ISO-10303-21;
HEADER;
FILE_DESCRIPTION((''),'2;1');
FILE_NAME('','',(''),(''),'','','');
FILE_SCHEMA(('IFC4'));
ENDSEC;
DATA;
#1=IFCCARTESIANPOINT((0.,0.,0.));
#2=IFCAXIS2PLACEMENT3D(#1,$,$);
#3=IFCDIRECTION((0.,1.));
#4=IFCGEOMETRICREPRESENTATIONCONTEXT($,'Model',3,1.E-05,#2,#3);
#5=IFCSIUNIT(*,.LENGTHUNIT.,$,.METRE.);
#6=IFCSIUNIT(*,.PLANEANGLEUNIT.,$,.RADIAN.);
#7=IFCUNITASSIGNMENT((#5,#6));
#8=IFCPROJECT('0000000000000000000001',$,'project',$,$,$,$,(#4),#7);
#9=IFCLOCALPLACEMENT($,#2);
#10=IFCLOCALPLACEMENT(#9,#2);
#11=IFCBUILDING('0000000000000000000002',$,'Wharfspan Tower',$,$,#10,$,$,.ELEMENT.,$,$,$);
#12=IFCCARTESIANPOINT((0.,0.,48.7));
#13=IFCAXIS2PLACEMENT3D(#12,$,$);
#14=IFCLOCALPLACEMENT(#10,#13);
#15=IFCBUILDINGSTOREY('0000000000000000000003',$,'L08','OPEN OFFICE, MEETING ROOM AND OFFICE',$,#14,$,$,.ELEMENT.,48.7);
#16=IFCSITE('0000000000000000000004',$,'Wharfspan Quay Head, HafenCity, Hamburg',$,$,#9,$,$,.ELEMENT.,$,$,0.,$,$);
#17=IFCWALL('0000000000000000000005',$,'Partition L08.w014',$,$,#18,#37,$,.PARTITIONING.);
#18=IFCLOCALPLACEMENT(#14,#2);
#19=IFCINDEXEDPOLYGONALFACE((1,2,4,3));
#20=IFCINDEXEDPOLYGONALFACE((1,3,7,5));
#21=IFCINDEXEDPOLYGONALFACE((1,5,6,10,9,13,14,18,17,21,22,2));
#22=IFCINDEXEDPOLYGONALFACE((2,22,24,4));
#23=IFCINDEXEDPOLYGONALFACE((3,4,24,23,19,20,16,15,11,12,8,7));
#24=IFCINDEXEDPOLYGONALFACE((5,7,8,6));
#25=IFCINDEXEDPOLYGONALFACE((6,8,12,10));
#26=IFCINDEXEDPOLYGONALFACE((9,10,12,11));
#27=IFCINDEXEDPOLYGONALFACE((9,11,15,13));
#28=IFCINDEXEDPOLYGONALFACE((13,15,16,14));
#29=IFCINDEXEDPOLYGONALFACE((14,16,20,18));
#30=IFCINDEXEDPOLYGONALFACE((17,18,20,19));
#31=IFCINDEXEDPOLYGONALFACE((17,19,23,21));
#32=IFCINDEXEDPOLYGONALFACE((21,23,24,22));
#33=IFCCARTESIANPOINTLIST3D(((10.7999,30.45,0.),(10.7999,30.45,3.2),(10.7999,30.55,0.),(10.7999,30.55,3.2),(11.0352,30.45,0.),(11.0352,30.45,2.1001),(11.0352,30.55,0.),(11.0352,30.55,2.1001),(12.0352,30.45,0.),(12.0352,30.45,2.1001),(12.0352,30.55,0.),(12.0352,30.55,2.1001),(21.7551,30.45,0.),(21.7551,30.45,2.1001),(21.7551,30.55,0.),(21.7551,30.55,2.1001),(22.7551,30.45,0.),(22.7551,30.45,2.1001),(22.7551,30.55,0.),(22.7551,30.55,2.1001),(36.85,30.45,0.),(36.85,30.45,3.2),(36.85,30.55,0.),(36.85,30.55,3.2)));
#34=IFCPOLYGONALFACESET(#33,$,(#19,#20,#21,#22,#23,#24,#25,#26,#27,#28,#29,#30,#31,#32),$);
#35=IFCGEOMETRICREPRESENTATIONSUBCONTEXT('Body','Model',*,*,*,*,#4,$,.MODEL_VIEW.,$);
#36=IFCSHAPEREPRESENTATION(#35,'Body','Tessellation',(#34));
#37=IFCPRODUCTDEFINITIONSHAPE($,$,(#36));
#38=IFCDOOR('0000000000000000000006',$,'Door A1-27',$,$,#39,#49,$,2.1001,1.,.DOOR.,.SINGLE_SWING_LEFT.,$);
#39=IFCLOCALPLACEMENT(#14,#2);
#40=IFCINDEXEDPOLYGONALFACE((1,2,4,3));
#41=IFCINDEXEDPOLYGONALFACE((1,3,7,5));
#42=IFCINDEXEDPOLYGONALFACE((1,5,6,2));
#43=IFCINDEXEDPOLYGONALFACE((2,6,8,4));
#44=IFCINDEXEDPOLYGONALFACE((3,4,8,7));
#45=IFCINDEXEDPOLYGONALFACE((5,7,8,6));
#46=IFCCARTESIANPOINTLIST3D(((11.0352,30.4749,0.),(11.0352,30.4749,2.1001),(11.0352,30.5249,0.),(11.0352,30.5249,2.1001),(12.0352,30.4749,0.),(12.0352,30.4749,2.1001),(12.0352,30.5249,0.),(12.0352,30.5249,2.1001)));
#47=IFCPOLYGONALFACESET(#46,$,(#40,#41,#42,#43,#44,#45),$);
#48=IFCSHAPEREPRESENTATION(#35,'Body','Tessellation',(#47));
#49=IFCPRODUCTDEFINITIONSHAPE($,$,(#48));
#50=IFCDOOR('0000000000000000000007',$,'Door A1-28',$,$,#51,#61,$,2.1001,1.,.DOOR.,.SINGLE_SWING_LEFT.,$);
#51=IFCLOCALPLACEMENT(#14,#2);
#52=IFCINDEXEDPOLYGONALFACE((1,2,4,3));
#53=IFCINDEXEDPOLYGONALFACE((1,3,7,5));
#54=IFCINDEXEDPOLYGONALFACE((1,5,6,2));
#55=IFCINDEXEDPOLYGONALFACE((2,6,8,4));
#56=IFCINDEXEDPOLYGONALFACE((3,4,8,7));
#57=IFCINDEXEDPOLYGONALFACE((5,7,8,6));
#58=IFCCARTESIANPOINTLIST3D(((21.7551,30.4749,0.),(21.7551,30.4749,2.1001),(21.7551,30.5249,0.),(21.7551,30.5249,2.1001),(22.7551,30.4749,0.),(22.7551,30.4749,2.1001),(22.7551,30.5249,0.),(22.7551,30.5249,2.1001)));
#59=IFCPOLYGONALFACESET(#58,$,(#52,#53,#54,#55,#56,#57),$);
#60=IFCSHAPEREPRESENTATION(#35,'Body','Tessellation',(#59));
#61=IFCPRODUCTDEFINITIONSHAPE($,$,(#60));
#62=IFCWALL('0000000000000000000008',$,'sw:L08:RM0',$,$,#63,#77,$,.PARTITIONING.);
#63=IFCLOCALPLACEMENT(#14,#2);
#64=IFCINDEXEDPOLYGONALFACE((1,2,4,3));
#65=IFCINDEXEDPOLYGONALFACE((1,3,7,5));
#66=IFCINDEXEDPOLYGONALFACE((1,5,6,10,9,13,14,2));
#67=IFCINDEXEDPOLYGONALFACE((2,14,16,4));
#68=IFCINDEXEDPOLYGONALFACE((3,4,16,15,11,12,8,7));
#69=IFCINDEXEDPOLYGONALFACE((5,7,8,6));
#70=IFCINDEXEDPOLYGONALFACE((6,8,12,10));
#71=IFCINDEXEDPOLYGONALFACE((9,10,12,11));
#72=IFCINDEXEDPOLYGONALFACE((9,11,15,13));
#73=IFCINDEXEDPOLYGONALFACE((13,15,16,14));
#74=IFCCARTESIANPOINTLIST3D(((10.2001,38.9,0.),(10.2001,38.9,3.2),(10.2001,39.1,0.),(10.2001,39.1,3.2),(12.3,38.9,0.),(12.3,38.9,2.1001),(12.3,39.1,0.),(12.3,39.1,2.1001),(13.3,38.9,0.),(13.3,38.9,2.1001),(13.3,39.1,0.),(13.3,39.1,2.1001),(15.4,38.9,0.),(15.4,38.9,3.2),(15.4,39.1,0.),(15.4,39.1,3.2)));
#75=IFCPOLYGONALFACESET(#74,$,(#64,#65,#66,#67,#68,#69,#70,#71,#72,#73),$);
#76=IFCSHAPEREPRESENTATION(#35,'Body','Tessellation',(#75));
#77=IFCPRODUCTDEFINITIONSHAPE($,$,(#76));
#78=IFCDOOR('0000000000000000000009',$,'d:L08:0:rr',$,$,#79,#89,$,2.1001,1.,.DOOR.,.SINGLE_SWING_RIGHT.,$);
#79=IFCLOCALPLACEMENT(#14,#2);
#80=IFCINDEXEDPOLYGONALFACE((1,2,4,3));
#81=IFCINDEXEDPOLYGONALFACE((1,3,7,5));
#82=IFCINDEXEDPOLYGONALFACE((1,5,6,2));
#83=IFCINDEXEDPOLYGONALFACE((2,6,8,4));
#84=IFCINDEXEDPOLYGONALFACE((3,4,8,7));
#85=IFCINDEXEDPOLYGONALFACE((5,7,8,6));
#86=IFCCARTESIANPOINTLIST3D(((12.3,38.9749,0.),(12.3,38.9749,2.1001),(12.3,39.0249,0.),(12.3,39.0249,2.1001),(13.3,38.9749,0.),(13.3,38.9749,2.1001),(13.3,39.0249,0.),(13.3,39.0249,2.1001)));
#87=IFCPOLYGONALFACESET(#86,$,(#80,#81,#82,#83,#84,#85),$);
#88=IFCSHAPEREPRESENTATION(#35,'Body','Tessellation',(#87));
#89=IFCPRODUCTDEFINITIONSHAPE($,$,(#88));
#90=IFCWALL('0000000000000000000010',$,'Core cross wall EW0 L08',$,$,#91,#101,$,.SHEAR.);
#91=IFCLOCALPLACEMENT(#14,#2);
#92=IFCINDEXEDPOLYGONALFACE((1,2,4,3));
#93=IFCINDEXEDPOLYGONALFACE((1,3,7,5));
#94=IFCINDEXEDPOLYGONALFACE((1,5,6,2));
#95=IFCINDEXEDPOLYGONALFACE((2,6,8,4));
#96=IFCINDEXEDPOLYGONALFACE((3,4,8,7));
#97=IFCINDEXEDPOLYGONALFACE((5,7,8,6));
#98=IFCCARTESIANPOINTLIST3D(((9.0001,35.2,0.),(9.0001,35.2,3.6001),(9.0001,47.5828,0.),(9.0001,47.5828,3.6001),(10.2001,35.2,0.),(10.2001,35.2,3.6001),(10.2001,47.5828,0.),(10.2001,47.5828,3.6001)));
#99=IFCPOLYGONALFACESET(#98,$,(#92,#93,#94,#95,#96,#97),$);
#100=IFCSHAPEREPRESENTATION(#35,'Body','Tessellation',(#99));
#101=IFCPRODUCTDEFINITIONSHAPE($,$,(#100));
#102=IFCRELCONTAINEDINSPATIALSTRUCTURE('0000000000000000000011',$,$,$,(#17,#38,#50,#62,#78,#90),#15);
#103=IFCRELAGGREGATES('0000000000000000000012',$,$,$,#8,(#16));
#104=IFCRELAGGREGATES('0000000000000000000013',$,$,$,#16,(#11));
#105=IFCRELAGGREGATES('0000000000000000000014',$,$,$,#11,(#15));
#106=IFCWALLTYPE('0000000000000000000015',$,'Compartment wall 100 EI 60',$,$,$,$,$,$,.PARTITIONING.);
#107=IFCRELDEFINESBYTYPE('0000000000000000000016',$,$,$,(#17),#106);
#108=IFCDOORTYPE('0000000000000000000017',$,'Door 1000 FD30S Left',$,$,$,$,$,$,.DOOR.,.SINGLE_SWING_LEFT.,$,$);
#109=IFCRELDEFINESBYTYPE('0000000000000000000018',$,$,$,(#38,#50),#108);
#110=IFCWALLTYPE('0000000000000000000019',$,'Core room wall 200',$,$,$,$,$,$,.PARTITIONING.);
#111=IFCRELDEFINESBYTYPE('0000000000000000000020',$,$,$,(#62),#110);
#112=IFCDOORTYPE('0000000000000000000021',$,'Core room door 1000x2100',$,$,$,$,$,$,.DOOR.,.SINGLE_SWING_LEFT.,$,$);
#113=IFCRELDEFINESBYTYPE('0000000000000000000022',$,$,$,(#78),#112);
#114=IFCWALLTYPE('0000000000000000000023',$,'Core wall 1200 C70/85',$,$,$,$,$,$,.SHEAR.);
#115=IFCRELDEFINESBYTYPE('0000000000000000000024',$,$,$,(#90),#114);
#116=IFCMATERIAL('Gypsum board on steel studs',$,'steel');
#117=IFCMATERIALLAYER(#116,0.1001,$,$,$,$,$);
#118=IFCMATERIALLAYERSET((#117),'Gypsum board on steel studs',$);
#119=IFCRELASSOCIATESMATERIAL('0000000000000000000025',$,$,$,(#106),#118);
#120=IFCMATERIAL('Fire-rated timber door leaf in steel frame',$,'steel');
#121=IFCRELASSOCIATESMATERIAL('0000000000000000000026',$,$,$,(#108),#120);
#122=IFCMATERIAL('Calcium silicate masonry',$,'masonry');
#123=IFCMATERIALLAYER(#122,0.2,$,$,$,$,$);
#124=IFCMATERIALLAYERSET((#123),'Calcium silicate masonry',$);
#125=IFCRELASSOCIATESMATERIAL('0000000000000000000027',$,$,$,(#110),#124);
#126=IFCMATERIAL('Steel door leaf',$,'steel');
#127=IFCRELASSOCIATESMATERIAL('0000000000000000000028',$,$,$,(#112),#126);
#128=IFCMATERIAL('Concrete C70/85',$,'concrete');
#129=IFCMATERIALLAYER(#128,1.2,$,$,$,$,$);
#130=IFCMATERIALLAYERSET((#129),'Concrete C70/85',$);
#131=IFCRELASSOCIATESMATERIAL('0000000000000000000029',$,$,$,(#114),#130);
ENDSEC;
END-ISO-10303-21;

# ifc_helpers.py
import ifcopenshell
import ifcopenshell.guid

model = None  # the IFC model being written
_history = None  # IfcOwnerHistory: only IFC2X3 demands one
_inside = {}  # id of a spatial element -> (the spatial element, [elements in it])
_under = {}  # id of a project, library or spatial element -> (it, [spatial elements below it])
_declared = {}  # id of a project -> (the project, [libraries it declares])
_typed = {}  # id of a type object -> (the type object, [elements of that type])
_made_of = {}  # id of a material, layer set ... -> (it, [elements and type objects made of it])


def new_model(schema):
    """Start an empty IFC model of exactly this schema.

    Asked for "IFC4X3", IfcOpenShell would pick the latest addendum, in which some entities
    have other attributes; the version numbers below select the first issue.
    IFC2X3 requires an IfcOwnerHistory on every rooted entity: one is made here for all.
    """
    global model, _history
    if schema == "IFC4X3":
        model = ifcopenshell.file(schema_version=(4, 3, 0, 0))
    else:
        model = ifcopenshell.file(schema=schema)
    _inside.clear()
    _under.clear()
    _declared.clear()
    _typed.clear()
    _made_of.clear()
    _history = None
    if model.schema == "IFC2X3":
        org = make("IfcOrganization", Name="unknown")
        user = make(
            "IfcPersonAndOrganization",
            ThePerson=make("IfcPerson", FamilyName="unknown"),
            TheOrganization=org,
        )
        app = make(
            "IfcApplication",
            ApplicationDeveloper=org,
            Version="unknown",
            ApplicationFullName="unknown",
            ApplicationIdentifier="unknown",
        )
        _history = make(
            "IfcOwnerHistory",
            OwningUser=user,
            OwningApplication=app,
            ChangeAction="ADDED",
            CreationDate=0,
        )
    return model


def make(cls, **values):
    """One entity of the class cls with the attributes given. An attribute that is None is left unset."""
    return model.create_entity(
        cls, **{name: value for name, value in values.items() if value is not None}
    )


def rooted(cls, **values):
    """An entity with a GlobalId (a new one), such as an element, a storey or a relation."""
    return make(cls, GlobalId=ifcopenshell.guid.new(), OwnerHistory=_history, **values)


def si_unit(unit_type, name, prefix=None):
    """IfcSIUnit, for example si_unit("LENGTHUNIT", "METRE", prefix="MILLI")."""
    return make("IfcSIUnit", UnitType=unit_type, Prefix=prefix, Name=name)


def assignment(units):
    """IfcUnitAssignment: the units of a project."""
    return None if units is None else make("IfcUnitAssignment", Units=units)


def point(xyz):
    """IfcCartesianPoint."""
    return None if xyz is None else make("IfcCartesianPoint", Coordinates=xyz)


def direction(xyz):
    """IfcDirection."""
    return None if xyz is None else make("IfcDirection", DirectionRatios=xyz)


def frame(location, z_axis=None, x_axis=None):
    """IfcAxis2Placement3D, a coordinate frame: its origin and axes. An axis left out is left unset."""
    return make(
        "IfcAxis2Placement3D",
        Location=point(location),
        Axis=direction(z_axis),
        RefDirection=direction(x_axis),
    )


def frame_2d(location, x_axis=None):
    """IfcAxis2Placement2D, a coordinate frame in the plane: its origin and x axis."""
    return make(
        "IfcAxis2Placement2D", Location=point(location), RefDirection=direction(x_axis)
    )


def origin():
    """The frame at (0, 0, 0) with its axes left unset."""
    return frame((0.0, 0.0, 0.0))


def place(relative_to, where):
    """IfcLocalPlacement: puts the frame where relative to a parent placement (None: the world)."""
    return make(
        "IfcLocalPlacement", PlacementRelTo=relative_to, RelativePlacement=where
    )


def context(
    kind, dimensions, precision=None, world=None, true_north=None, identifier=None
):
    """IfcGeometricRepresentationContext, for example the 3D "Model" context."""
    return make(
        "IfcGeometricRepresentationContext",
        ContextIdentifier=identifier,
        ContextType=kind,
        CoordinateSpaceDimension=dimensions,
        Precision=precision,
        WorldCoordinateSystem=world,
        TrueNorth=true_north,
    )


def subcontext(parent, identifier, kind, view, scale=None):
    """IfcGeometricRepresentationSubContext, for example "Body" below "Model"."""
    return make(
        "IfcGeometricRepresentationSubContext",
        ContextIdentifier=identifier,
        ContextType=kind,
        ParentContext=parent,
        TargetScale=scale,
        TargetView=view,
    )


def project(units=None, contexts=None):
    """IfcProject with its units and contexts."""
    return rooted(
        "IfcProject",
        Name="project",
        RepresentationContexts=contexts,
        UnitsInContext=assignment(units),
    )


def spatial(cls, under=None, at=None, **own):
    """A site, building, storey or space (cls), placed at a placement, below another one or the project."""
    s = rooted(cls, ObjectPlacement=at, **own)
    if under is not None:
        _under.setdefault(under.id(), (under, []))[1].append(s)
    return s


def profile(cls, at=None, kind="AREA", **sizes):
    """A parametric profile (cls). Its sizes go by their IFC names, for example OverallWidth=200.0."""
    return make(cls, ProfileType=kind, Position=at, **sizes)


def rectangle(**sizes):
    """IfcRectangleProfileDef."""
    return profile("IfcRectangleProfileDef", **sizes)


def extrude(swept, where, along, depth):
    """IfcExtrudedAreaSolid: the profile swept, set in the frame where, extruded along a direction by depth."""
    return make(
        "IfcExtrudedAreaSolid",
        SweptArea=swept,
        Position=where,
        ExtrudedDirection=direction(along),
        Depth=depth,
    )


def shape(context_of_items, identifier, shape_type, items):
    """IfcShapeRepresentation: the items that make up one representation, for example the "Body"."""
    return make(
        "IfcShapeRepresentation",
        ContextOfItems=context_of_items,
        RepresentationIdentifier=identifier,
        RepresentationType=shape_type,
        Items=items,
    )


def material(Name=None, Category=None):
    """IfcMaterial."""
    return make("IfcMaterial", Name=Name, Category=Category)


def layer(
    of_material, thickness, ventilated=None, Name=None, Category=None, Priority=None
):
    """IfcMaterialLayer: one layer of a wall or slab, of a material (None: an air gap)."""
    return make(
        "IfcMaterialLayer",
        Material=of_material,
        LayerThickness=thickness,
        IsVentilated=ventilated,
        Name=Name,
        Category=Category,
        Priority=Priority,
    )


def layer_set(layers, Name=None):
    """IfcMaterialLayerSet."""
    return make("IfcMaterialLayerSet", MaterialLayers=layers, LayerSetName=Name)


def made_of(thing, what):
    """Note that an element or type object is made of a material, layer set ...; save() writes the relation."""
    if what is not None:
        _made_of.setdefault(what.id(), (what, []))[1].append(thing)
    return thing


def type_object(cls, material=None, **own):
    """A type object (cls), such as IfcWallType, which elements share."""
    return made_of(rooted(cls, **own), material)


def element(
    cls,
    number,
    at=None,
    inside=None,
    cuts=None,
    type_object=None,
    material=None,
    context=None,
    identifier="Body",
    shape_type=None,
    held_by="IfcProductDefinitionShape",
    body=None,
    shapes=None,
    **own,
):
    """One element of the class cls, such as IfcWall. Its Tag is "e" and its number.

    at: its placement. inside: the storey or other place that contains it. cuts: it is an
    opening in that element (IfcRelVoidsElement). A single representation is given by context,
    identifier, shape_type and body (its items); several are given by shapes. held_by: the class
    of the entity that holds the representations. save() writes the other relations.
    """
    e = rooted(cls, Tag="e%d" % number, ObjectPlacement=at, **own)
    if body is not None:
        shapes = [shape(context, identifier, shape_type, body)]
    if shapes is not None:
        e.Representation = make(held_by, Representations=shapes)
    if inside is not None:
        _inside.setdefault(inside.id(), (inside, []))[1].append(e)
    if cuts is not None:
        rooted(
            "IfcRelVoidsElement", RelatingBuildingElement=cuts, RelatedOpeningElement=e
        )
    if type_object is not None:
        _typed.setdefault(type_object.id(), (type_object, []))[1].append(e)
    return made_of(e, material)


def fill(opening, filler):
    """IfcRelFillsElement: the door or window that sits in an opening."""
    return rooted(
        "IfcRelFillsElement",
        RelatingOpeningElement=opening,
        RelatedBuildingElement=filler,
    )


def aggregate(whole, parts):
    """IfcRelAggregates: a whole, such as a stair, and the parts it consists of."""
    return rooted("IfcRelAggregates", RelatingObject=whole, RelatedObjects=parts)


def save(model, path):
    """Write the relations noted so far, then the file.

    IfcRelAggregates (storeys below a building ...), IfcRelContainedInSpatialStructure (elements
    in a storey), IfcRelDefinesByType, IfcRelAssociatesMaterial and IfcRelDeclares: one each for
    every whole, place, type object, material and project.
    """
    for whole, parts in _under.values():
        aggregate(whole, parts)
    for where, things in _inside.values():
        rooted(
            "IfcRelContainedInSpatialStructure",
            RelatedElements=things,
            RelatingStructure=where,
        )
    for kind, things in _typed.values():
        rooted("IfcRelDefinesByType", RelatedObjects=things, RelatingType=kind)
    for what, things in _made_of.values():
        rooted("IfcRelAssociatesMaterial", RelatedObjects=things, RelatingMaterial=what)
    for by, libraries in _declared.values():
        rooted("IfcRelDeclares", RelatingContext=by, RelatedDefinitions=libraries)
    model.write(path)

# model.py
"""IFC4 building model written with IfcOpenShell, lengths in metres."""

from ifc_helpers import new_model, si_unit, direction, frame, frame_2d, origin, place, context, subcontext, project, spatial, rectangle, extrude, material, layer, layer_set, type_object, element, fill, save


model = new_model("IFC4")

# Units and contexts
model_context = context("Model", 3, precision=1e-05, world=origin(), true_north=direction((0.0, 1.0)))
body_context = subcontext(model_context, "Body", "Model", "MODEL_VIEW")
ifc_project = project(units=[si_unit("LENGTHUNIT", "METRE"), si_unit("PLANEANGLEUNIT", "RADIAN")], contexts=[model_context])

# Site, building, storey
site_placement = place(None, origin())
site = spatial("IfcSite", under=ifc_project, at=site_placement, Name="Wharfspan Quay Head, HafenCity, Hamburg", CompositionType="ELEMENT", RefElevation=0.0)
building_placement = place(site_placement, origin())
building = spatial("IfcBuilding", under=site, at=building_placement, Name="Wharfspan Tower", CompositionType="ELEMENT")
storey_placement = place(building_placement, frame((0.0, 0.0, 48.7)))
storey = spatial("IfcBuildingStorey", under=building, at=storey_placement, Name="L08", Description="OPEN OFFICE, MEETING ROOM AND OFFICE", CompositionType="ELEMENT", Elevation=48.7)

# Wall, openings, doors
ifc_material_1 = material(Name="Gypsum board on steel studs", Category="steel")
ifc_layer_1 = layer(ifc_material_1, 0.1001)
ifc_layer_set_1 = layer_set([ifc_layer_1], Name="Gypsum board on steel studs")
wall_type_1 = type_object("IfcWallType", Name="Compartment wall 100 EI 60", PredefinedType="PARTITIONING", material=ifc_layer_set_1)
wall_1_placement = place(storey_placement, frame((10.8, 30.5, 0.0), z_axis=(0.0, 0.0, 1.0), x_axis=(1.0, 0.0, 0.0)))
wall_1 = element("IfcWall", 1, at=wall_1_placement, inside=storey, type_object=wall_type_1, Name="Partition L08.w014", PredefinedType="PARTITIONING", context=body_context, shape_type="SweptSolid", body=[
    extrude(rectangle(XDim=26.05, YDim=0.1001, at=frame_2d((13.0249, 0.0))), origin(), (0.0, 0.0, 1.0), 3.2),
])
opening_1_placement = place(wall_1_placement, frame((0.2351, 0.0, 0.0)))
opening_1 = element("IfcOpeningElement", 2, at=opening_1_placement, cuts=wall_1, PredefinedType="OPENING", context=body_context, shape_type="SweptSolid", body=[
    extrude(rectangle(XDim=1.0, YDim=2.1001, at=frame_2d((0.5, 1.05))), frame((0.0, 0.0601, 0.0), z_axis=(0.0, -1.0, 0.0), x_axis=(1.0, 0.0, 0.0)), (0.0, 0.0, 1.0), 0.1201),
])
opening_2_placement = place(wall_1_placement, frame((10.9551, 0.0, 0.0)))
opening_2 = element("IfcOpeningElement", 3, at=opening_2_placement, cuts=wall_1, PredefinedType="OPENING", context=body_context, shape_type="SweptSolid", body=[
    extrude(rectangle(XDim=1.0, YDim=2.1001, at=frame_2d((0.5, 1.05))), frame((0.0, 0.0601, 0.0), z_axis=(0.0, -1.0, 0.0), x_axis=(1.0, 0.0, 0.0)), (0.0, 0.0, 1.0), 0.1201),
])
ifc_material_2 = material(Name="Fire-rated timber door leaf in steel frame", Category="steel")
door_type_1 = type_object("IfcDoorType", Name="Door 1000 FD30S Left", OperationType="SINGLE_SWING_LEFT", PredefinedType="DOOR", material=ifc_material_2)
door_1_placement = place(opening_1_placement, origin())
door_1 = element("IfcDoor", 4, at=door_1_placement, inside=storey, type_object=door_type_1, Name="Door A1-27", OperationType="SINGLE_SWING_LEFT", OverallHeight=2.1001, OverallWidth=1.0, PredefinedType="DOOR", context=body_context, shape_type="SweptSolid", body=[
    extrude(rectangle(XDim=1.0, YDim=2.1001, at=frame_2d((0.5, 1.05))), frame((0.0, 0.0249, 0.0), z_axis=(0.0, -1.0, 0.0), x_axis=(1.0, 0.0, 0.0)), (0.0, 0.0, 1.0), 0.05),
])
fill(opening_1, door_1)
door_2_placement = place(opening_2_placement, origin())
door_2 = element("IfcDoor", 5, at=door_2_placement, inside=storey, type_object=door_type_1, Name="Door A1-28", OperationType="SINGLE_SWING_LEFT", OverallHeight=2.1001, OverallWidth=1.0, PredefinedType="DOOR", context=body_context, shape_type="SweptSolid", body=[
    extrude(rectangle(XDim=1.0, YDim=2.1001, at=frame_2d((0.5, 1.05))), frame((0.0, 0.0249, 0.0), z_axis=(0.0, -1.0, 0.0), x_axis=(1.0, 0.0, 0.0)), (0.0, 0.0, 1.0), 0.05),
])
fill(opening_2, door_2)

# Wall, opening, door
ifc_material_3 = material(Name="Calcium silicate masonry", Category="masonry")
ifc_layer_2 = layer(ifc_material_3, 0.2)
ifc_layer_set_2 = layer_set([ifc_layer_2], Name="Calcium silicate masonry")
wall_type_2 = type_object("IfcWallType", Name="Core room wall 200", PredefinedType="PARTITIONING", material=ifc_layer_set_2)
wall_2_placement = place(storey_placement, frame((10.2, 39.0, 0.0), z_axis=(0.0, 0.0, 1.0), x_axis=(1.0, 0.0, 0.0)))
wall_2 = element("IfcWall", 6, at=wall_2_placement, inside=storey, type_object=wall_type_2, Name="sw:L08:RM0", PredefinedType="PARTITIONING", context=body_context, shape_type="SweptSolid", body=[
    extrude(rectangle(XDim=5.2, YDim=0.2, at=frame_2d((2.6001, 0.0))), origin(), (0.0, 0.0, 1.0), 3.2),
])
opening_3_placement = place(wall_2_placement, frame((2.1001, 0.0, 0.0)))
opening_3 = element("IfcOpeningElement", 7, at=opening_3_placement, cuts=wall_2, PredefinedType="OPENING", context=body_context, shape_type="SweptSolid", body=[
    extrude(rectangle(XDim=1.0, YDim=2.1001, at=frame_2d((0.5, 1.05))), frame((0.0, 0.1099, 0.0), z_axis=(0.0, -1.0, 0.0), x_axis=(1.0, 0.0, 0.0)), (0.0, 0.0, 1.0), 0.22),
])
ifc_material_4 = material(Name="Steel door leaf", Category="steel")
door_type_2 = type_object("IfcDoorType", Name="Core room door 1000x2100", OperationType="SINGLE_SWING_LEFT", PredefinedType="DOOR", material=ifc_material_4)
door_3_placement = place(opening_3_placement, origin())
door_3 = element("IfcDoor", 8, at=door_3_placement, inside=storey, type_object=door_type_2, Name="d:L08:0:rr", OperationType="SINGLE_SWING_RIGHT", OverallHeight=2.1001, OverallWidth=1.0, PredefinedType="DOOR", context=body_context, shape_type="SweptSolid", body=[
    extrude(rectangle(XDim=1.0, YDim=2.1001, at=frame_2d((0.5, 1.05))), frame((0.0, 0.0249, 0.0), z_axis=(0.0, -1.0, 0.0), x_axis=(1.0, 0.0, 0.0)), (0.0, 0.0, 1.0), 0.05),
])
fill(opening_3, door_3)

# Shared definitions
ifc_material_5 = material(Name="Concrete C70/85", Category="concrete")
ifc_layer_3 = layer(ifc_material_5, 1.2)
ifc_layer_set_3 = layer_set([ifc_layer_3], Name="Concrete C70/85")
wall_type_3 = type_object("IfcWallType", Name="Core wall 1200 C70/85", PredefinedType="SHEAR", material=ifc_layer_set_3)

# Wall
wall_3_placement = place(storey_placement, frame((9.6001, 35.2, 0.0), z_axis=(0.0, 0.0, 1.0), x_axis=(0.0, 1.0, 0.0)))
element("IfcWall", 9, at=wall_3_placement, inside=storey, type_object=wall_type_3, Name="Core cross wall EW0 L08", PredefinedType="SHEAR", context=body_context, shape_type="SweptSolid", body=[
    extrude(rectangle(XDim=12.3828, YDim=1.2, at=frame_2d((6.1914, 0.0))), origin(), (0.0, 0.0, 1.0), 3.6001),
])

save(model, "model.ifc")
